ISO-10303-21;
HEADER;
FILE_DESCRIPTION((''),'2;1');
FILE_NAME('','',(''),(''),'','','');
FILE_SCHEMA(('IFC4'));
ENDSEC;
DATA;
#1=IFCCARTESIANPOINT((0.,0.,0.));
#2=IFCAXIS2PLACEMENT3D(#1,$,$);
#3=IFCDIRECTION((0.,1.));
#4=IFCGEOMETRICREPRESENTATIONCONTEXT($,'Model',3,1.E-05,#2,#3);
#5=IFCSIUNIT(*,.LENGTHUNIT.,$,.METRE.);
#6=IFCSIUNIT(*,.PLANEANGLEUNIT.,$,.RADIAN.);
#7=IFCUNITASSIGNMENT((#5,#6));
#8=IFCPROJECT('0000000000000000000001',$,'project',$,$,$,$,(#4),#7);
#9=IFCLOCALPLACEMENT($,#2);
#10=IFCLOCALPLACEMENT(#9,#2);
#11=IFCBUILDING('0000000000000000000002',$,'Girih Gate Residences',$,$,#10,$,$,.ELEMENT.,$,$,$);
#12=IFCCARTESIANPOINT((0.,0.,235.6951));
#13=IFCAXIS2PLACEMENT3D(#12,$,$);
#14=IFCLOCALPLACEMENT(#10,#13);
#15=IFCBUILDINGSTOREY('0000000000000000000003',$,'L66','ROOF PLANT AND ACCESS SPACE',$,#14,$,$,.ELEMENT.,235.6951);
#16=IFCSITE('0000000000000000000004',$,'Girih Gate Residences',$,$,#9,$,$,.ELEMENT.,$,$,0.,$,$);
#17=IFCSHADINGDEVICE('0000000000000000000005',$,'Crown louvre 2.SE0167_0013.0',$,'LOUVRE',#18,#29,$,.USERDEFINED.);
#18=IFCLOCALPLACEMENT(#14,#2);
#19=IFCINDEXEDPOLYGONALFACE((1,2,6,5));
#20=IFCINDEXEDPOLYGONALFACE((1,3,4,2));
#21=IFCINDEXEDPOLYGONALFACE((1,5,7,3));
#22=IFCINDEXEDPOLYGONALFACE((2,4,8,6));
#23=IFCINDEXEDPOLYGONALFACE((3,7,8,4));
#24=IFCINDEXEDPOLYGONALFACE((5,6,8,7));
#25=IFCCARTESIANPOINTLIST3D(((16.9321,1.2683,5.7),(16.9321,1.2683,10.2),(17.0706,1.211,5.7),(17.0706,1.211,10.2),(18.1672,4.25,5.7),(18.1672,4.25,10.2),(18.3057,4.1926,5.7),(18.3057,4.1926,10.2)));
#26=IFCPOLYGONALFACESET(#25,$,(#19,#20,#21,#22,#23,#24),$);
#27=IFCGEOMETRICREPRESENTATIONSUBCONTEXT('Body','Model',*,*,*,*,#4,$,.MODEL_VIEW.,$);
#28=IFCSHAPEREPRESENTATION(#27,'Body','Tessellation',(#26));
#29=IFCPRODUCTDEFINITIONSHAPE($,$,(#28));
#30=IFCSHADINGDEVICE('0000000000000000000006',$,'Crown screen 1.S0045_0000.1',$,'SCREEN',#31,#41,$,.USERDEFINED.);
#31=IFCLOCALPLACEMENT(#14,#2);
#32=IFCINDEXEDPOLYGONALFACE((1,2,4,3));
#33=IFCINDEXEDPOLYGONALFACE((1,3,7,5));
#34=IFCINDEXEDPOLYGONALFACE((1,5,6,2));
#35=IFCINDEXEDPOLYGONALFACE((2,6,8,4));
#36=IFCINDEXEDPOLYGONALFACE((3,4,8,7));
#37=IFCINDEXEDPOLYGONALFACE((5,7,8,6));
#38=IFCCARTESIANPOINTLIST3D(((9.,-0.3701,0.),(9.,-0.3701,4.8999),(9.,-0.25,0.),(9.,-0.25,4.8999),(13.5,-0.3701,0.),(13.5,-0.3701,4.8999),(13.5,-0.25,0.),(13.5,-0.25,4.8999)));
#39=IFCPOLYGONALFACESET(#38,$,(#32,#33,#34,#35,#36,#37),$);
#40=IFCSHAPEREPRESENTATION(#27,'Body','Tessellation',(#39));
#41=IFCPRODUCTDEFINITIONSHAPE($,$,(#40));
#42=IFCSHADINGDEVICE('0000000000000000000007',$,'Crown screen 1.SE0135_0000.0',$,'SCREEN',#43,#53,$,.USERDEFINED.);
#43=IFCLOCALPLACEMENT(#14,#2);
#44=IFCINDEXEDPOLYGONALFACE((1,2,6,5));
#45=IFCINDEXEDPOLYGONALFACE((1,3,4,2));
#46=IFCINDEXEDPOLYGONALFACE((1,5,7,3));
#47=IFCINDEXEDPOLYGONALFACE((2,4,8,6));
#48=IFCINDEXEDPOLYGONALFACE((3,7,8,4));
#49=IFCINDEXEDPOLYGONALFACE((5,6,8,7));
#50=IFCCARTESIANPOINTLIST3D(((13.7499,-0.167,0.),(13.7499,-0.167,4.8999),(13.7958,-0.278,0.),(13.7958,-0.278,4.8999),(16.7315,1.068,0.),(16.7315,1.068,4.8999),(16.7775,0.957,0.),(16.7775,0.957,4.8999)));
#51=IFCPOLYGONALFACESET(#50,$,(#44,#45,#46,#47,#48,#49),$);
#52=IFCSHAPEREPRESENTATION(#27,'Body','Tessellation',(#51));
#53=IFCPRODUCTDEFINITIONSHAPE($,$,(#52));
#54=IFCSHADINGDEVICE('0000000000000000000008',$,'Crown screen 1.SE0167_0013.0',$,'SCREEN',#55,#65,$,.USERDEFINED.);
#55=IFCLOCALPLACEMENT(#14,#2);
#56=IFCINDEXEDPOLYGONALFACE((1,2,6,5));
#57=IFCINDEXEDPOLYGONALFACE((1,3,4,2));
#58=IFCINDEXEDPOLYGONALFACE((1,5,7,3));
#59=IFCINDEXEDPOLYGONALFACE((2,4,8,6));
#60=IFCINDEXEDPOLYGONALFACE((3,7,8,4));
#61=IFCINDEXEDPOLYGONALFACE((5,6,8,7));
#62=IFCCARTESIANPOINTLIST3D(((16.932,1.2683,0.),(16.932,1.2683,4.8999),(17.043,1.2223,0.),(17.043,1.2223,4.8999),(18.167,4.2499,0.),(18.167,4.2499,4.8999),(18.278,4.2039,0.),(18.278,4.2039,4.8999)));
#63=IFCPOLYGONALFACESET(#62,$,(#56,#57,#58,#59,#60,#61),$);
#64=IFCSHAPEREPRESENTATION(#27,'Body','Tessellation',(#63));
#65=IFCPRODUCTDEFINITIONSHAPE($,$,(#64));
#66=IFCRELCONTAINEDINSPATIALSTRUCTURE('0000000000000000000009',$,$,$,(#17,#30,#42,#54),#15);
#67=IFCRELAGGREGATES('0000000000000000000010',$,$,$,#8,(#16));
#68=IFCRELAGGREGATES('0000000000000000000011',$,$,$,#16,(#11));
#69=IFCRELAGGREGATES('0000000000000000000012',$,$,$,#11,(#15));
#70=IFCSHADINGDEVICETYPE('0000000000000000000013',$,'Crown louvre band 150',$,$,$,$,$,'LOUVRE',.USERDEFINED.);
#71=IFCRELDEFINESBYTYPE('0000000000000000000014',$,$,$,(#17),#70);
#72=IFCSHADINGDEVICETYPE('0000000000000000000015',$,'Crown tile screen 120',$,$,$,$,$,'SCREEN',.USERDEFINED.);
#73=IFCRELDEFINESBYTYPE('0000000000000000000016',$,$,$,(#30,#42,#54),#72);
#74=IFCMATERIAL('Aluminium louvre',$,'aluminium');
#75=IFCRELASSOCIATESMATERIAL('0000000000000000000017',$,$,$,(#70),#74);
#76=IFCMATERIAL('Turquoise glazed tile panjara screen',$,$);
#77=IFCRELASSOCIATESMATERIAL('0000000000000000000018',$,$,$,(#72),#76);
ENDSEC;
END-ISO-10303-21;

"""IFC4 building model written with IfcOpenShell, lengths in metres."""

from ifc_helpers import new_model, si_unit, direction, frame, origin, origin_2d, place, context, subcontext, project, spatial, rectangle, extrude, material, type_object, element, save


model = new_model("IFC4")

# Units and contexts
model_context = context("Model", 3, precision=1e-05, world=origin(), true_north=direction((0.0, 1.0)))
body_context = subcontext(model_context, "Body", "Model", "MODEL_VIEW")
ifc_project = project(units=[si_unit("LENGTHUNIT", "METRE"), si_unit("PLANEANGLEUNIT", "RADIAN")], contexts=[model_context])

# Site, building, storey
site_placement = place(None, origin())
site = spatial("IfcSite", under=ifc_project, at=site_placement, Name="Girih Gate Residences", CompositionType="ELEMENT", RefElevation=0.0)
building_placement = place(site_placement, origin())
building = spatial("IfcBuilding", under=site, at=building_placement, Name="Girih Gate Residences", CompositionType="ELEMENT")
storey_placement = place(building_placement, frame((0.0, 0.0, 235.6951)))
storey = spatial("IfcBuildingStorey", under=building, at=storey_placement, Name="L66", Description="ROOF PLANT AND ACCESS SPACE", CompositionType="ELEMENT", Elevation=235.6951)

# Shading devices
ifc_material_1 = material(Name="Aluminium louvre", Category="aluminium")
shading_device_type_1 = type_object("IfcShadingDeviceType", Name="Crown louvre band 150", ElementType="LOUVRE", PredefinedType="USERDEFINED", material=ifc_material_1)
for number, where, z_axis, x_axis, name in (
    (1, (17.6189, 2.7305, 5.7), (0.0, 0.0, 1.0), (0.382683, 0.92388, 0.0), "Crown louvre 2.SE0167_0013.0"),
):
    element("IfcShadingDevice", number, at=place(storey_placement, frame(where, z_axis=z_axis, x_axis=x_axis)), inside=storey, type_object=shading_device_type_1, Name=name, ObjectType="LOUVRE", PredefinedType="USERDEFINED", context=body_context, shape_type="SweptSolid", body=[
        extrude(rectangle(XDim=3.2273, YDim=0.1499, at=origin_2d()), origin(), (0.0, 0.0, 1.0), 4.5),
    ])
ifc_material_2 = material(Name="Turquoise glazed tile panjara screen")
shading_device_type_2 = type_object("IfcShadingDeviceType", Name="Crown tile screen 120", ElementType="SCREEN", PredefinedType="USERDEFINED", material=ifc_material_2)
shading_device_1_placement = place(storey_placement, frame((11.25, -0.3101, 0.0), z_axis=(0.0, 0.0, 1.0), x_axis=(1.0, 0.0, 0.0)))
element("IfcShadingDevice", 2, at=shading_device_1_placement, inside=storey, type_object=shading_device_type_2, Name="Crown screen 1.S0045_0000.1", ObjectType="SCREEN", PredefinedType="USERDEFINED", context=body_context, shape_type="SweptSolid", body=[
    extrude(rectangle(XDim=4.5, YDim=0.1201, at=origin_2d()), origin(), (0.0, 0.0, 1.0), 4.8999),
])
for number, where, z_axis, x_axis, name in (
    (3, (15.2637, 0.395, 0.0), (0.0, 0.0, 1.0), (0.92388, 0.382683, 0.0), "Crown screen 1.SE0135_0000.0"),
    (4, (17.605, 2.7361, 0.0), (0.0, 0.0, 1.0), (0.382683, 0.92388, 0.0), "Crown screen 1.SE0167_0013.0"),
):
    element("IfcShadingDevice", number, at=place(storey_placement, frame(where, z_axis=z_axis, x_axis=x_axis)), inside=storey, type_object=shading_device_type_2, Name=name, ObjectType="SCREEN", PredefinedType="USERDEFINED", context=body_context, shape_type="SweptSolid", body=[
        extrude(rectangle(XDim=3.2273, YDim=0.1201, at=origin_2d()), origin(), (0.0, 0.0, 1.0), 4.8999),
    ])

save(model, "model.ifc")
